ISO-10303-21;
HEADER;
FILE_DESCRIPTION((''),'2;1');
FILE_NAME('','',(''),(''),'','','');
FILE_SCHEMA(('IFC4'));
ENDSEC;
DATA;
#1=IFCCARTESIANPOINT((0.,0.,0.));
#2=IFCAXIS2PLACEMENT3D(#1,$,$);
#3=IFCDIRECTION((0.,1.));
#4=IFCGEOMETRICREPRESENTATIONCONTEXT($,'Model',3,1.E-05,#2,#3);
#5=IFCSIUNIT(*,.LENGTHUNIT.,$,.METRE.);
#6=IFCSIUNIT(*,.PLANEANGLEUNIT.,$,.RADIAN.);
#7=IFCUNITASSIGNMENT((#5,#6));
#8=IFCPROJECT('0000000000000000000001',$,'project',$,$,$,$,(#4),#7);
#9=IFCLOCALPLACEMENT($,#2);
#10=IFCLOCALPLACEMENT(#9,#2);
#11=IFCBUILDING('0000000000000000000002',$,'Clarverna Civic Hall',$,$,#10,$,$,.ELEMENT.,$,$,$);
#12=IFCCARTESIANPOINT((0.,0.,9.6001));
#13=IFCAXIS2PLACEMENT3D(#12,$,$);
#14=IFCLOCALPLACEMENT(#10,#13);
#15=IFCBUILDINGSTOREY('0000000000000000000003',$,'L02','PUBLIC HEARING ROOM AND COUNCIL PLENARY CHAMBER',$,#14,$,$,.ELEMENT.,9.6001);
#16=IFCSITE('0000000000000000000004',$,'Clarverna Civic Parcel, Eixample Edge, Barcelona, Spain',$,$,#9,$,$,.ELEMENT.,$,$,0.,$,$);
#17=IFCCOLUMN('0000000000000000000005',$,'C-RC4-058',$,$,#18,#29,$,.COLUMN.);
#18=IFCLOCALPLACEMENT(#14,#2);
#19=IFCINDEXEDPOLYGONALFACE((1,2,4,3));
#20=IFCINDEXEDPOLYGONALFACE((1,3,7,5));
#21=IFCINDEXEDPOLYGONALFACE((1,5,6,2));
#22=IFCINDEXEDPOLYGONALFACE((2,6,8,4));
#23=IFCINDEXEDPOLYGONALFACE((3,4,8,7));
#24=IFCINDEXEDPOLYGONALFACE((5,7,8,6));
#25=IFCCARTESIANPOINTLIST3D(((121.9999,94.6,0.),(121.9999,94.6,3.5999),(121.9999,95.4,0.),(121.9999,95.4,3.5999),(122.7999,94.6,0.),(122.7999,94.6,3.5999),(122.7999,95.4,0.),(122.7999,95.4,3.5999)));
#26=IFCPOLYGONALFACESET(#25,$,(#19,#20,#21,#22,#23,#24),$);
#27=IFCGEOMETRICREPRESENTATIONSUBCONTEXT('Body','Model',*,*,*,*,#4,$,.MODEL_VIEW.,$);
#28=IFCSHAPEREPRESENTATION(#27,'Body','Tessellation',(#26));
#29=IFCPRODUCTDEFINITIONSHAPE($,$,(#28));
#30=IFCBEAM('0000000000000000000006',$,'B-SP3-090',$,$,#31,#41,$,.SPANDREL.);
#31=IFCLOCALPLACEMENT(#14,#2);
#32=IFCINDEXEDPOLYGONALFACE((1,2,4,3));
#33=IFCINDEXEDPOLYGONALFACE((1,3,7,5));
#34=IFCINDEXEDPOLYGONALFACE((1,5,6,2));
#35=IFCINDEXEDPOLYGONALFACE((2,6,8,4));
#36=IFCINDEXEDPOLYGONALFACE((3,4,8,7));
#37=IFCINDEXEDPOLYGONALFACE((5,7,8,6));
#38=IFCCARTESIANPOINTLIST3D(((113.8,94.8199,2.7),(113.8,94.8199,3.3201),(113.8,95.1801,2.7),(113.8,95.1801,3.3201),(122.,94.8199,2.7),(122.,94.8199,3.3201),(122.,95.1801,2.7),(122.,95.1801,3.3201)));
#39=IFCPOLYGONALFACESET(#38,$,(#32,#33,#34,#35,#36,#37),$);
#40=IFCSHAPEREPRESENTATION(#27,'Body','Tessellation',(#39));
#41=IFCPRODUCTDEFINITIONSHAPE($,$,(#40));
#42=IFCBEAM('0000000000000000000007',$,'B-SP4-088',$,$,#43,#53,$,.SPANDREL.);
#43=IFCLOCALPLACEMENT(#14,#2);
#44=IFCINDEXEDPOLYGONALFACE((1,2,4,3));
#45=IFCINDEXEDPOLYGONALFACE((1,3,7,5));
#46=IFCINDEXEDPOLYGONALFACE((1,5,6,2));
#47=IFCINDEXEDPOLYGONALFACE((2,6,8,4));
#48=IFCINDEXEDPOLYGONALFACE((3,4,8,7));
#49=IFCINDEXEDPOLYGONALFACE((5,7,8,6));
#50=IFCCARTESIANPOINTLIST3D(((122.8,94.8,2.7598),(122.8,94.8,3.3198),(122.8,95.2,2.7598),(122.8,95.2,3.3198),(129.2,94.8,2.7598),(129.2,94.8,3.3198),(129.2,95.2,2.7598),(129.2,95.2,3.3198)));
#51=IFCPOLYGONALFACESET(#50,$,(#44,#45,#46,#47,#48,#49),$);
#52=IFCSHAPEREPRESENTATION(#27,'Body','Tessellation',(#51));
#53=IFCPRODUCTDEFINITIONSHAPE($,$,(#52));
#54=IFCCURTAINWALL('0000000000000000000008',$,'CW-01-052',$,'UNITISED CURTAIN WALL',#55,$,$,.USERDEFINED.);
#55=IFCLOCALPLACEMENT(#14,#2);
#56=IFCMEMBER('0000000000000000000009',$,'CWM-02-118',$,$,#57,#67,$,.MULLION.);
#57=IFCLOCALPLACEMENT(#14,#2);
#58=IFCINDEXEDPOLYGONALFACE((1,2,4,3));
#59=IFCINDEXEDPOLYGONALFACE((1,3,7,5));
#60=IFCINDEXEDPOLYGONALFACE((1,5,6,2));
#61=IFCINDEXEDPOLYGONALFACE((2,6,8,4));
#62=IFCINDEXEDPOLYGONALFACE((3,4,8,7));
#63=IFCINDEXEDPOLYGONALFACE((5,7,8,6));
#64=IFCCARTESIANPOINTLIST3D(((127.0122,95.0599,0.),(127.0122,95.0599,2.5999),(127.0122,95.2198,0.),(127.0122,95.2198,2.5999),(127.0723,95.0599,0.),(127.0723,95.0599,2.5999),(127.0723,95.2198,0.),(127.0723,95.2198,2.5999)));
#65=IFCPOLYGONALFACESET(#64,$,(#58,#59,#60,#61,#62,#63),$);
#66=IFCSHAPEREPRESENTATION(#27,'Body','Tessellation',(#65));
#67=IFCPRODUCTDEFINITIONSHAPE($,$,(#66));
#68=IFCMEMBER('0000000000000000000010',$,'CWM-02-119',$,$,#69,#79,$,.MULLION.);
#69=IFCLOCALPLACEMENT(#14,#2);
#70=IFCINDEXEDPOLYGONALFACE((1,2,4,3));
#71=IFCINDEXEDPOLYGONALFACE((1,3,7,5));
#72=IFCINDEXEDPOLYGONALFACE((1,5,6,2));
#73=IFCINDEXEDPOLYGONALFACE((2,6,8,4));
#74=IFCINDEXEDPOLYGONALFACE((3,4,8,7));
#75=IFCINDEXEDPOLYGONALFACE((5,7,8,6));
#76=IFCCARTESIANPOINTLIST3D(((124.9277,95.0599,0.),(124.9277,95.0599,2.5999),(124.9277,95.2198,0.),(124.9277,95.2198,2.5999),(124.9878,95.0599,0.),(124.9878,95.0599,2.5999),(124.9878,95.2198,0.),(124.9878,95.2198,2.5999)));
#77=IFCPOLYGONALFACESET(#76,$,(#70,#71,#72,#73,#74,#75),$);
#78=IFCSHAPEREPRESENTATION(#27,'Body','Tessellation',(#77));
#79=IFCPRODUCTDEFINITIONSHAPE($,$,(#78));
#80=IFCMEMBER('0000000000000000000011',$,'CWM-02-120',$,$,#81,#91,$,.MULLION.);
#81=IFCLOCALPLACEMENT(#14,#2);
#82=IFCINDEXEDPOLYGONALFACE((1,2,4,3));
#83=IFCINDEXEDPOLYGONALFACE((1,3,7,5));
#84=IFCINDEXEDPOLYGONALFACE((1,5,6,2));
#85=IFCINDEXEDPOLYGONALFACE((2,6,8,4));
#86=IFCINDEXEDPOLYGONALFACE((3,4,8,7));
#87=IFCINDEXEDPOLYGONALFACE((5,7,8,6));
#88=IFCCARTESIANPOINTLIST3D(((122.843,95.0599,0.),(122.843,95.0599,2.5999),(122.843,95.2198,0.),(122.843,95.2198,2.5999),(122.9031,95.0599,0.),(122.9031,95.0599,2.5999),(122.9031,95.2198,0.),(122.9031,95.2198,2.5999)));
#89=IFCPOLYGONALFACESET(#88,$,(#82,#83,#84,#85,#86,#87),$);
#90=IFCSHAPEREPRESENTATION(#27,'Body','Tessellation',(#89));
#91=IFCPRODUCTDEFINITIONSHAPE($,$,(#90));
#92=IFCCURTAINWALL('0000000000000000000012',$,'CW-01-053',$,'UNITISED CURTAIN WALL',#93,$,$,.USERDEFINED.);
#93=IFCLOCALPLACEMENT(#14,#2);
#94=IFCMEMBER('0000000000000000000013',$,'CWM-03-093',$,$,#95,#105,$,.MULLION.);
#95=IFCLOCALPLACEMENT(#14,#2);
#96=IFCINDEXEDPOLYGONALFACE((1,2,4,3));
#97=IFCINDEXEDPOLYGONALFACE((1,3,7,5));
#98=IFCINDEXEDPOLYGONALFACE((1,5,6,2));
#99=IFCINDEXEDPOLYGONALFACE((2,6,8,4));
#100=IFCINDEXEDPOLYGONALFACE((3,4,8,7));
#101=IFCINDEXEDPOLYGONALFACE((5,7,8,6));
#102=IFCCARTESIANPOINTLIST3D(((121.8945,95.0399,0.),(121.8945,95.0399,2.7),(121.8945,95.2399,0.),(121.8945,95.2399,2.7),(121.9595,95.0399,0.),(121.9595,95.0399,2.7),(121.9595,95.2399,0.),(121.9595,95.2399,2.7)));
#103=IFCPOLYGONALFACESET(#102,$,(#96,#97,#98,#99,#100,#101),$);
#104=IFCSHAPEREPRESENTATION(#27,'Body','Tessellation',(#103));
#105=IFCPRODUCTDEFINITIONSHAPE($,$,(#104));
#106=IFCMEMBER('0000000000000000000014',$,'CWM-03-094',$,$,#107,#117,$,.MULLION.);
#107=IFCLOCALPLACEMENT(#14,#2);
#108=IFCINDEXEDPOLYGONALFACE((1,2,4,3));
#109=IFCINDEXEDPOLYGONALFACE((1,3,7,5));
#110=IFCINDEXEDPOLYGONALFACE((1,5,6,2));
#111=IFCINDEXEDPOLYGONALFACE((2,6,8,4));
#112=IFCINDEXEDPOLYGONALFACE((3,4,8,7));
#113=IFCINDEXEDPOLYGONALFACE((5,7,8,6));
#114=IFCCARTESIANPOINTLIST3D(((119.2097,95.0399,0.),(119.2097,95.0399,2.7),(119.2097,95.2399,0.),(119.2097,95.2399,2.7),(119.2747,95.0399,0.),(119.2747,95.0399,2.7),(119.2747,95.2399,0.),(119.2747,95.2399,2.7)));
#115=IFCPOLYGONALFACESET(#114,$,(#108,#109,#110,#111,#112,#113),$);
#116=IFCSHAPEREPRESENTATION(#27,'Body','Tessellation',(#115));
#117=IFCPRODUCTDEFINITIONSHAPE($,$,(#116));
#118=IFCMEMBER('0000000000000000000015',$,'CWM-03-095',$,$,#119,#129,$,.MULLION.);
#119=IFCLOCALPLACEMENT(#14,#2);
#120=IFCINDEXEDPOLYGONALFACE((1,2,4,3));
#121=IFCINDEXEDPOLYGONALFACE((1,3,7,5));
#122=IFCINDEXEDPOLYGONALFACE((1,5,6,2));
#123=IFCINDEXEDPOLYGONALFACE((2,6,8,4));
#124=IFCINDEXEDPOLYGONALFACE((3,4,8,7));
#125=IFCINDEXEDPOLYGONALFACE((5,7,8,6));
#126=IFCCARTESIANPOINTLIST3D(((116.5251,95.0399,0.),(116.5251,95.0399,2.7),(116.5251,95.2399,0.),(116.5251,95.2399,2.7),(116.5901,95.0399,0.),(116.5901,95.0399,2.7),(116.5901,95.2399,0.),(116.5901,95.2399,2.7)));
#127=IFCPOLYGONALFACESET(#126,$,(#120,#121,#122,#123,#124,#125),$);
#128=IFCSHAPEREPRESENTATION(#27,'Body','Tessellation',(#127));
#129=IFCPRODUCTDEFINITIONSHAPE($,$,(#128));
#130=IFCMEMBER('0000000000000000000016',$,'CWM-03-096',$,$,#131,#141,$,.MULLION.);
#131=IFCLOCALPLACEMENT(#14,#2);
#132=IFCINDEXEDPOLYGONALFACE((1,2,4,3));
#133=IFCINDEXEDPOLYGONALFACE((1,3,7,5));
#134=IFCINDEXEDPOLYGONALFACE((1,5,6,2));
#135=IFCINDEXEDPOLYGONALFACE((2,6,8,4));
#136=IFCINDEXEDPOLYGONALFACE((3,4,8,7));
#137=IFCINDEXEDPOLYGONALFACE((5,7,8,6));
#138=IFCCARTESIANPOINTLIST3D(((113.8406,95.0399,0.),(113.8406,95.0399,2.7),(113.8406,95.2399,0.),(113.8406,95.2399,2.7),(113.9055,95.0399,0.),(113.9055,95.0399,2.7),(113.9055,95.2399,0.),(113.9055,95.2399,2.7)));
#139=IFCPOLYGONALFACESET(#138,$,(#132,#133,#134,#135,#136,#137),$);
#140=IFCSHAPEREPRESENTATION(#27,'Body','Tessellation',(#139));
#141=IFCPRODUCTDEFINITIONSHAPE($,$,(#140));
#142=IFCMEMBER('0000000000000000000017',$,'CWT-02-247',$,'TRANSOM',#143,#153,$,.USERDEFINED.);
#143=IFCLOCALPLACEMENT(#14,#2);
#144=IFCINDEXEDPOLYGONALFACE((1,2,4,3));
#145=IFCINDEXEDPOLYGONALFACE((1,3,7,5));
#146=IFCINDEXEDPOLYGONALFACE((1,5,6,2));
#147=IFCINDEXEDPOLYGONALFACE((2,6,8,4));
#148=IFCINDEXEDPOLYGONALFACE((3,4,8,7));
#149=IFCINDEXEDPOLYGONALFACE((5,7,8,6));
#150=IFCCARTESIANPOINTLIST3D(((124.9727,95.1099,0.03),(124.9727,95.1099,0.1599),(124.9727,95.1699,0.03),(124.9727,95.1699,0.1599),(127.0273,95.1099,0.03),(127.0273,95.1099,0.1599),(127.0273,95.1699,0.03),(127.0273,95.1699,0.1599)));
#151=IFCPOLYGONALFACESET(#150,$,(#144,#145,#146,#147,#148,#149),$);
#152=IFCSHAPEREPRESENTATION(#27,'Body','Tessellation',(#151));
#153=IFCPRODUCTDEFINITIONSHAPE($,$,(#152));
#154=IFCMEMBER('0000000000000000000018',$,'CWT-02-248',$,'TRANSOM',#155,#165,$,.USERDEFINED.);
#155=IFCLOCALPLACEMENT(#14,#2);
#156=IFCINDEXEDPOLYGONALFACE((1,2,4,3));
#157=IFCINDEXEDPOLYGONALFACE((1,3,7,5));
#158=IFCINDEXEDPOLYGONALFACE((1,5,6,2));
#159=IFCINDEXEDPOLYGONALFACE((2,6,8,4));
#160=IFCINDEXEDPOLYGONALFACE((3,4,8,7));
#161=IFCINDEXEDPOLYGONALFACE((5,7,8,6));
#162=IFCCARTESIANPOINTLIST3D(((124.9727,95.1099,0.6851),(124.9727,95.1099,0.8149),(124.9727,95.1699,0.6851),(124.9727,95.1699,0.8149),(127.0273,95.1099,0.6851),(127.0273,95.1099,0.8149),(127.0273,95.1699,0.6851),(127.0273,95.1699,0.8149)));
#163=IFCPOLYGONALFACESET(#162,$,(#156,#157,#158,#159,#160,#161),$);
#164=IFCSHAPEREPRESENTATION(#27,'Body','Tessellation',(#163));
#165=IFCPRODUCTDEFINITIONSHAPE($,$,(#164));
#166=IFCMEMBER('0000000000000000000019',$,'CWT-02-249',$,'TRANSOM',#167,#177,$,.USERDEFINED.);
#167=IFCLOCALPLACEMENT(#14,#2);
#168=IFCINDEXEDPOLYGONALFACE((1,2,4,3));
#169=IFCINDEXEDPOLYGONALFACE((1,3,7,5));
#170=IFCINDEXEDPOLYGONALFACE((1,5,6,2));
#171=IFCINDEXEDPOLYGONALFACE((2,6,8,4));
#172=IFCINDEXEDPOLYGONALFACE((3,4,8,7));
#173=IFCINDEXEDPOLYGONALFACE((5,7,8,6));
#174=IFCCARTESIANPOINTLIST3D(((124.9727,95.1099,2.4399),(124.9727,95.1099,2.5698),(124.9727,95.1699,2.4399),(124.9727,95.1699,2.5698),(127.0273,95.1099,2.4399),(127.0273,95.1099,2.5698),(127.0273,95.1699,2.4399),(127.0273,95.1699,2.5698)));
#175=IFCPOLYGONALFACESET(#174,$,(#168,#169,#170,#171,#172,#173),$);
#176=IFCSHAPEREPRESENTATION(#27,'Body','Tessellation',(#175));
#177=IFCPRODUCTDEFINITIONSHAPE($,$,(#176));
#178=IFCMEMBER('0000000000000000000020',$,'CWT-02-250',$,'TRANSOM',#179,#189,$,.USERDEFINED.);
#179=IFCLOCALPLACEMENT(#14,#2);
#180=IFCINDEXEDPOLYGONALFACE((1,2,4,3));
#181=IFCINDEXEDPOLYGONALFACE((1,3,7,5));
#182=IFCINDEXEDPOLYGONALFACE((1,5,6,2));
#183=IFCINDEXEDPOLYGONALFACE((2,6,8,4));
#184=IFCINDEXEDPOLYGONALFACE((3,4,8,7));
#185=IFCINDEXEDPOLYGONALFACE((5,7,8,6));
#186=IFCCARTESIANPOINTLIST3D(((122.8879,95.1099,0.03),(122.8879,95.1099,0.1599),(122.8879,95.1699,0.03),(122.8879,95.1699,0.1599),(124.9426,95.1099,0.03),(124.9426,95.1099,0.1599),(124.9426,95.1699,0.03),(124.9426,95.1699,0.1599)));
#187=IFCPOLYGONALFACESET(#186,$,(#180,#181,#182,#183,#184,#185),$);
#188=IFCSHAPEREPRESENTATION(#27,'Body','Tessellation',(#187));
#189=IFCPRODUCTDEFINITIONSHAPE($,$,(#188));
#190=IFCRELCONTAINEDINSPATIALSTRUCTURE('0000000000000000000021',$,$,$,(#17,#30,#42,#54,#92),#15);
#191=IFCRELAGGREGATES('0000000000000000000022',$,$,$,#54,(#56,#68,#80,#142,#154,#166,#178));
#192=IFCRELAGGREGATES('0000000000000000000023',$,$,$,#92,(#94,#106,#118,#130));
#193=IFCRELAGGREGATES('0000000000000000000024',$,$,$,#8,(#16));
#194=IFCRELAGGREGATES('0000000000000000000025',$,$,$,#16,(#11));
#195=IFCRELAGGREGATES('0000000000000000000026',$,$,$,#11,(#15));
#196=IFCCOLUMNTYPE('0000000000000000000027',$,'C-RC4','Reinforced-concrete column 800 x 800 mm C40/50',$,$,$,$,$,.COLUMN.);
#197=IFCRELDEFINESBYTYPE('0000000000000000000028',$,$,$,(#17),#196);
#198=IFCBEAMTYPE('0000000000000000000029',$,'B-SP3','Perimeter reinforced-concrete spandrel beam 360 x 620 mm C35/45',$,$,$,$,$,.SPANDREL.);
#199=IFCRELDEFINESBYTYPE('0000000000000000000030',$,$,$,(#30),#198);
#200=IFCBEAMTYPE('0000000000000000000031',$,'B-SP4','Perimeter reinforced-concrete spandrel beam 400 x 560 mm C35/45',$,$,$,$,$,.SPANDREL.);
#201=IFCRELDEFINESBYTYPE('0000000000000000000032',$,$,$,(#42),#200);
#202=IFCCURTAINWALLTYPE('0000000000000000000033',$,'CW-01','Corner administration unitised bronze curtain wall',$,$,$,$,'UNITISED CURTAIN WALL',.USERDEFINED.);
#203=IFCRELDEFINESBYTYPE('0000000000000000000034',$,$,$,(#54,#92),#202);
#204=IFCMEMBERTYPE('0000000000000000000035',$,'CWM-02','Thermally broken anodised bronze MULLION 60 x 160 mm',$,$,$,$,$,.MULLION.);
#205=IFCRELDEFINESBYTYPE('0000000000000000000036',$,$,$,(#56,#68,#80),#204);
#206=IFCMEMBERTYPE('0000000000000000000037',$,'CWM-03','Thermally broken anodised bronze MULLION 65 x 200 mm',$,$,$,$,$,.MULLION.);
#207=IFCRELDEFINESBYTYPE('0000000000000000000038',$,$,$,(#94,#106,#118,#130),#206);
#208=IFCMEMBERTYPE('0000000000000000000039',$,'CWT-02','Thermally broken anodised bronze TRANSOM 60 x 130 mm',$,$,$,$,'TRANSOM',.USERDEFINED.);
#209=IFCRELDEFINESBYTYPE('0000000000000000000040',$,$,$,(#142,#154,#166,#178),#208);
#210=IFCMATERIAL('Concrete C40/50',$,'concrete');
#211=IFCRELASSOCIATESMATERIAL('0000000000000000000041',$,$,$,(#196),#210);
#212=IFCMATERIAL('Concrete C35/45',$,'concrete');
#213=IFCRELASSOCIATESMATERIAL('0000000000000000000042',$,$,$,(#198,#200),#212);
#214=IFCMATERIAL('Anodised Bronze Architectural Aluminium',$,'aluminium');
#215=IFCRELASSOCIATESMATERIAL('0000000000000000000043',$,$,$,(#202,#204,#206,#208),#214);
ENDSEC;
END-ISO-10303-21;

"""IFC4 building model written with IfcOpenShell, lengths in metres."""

from ifc_helpers import new_model, si_unit, direction, frame, origin, origin_2d, place, context, subcontext, project, spatial, rectangle, extrude, material, material_profile, profile_set, type_object, element, aggregate, save


model = new_model("IFC4")

# Units and contexts
model_context = context("Model", 3, precision=1e-05, world=origin(), true_north=direction((0.0, 1.0)))
body_context = subcontext(model_context, "Body", "Model", "MODEL_VIEW")
ifc_project = project(units=[si_unit("LENGTHUNIT", "METRE"), si_unit("PLANEANGLEUNIT", "RADIAN")], contexts=[model_context])

# Site, building, storey
site_placement = place(None, origin())
site = spatial("IfcSite", under=ifc_project, at=site_placement, Name="Clarverna Civic Parcel, Eixample Edge, Barcelona, Spain", CompositionType="ELEMENT", RefElevation=0.0)
building_placement = place(site_placement, origin())
building = spatial("IfcBuilding", under=site, at=building_placement, Name="Clarverna Civic Hall", CompositionType="ELEMENT")
storey_placement = place(building_placement, frame((0.0, 0.0, 9.6001)))
storey = spatial("IfcBuildingStorey", under=building, at=storey_placement, Name="L02", Description="PUBLIC HEARING ROOM AND COUNCIL PLENARY CHAMBER", CompositionType="ELEMENT", Elevation=9.6001)

# Column
ifc_material_1 = material(Name="Concrete C40/50", Category="concrete")
ifc_material_profile_1 = material_profile(ifc_material_1, rectangle(XDim=0.8, YDim=0.8, at=origin_2d()), Name="RC 800x800")
ifc_profile_set_1 = profile_set([ifc_material_profile_1], Name="Concrete C40/50")
column_type = type_object("IfcColumnType", Name="C-RC4", Description="Reinforced-concrete column 800 x 800 mm C40/50", PredefinedType="COLUMN", material=ifc_profile_set_1)
column_placement = place(storey_placement, frame((122.3999, 95.0, 0.0), z_axis=(0.0, 0.0, 1.0), x_axis=(1.0, 0.0, 0.0)))
element("IfcColumn", 1, at=column_placement, inside=storey, type_object=column_type, Name="C-RC4-058", PredefinedType="COLUMN", context=body_context, shape_type="SweptSolid", body=[
    extrude(rectangle(XDim=0.8, YDim=0.8, at=origin_2d()), origin(), (0.0, 0.0, 1.0), 3.5999),
])

# Beams
ifc_material_2 = material(Name="Concrete C35/45", Category="concrete")
ifc_material_profile_2 = material_profile(ifc_material_2, rectangle(XDim=0.3601, YDim=0.6201, at=origin_2d()), Name="RC 360x620")
ifc_profile_set_2 = profile_set([ifc_material_profile_2], Name="Concrete C35/45")
beam_type_1 = type_object("IfcBeamType", Name="B-SP3", Description="Perimeter reinforced-concrete spandrel beam 360 x 620 mm C35/45", PredefinedType="SPANDREL", material=ifc_profile_set_2)
beam_1_placement = place(storey_placement, frame((113.8, 95.0, 3.01), z_axis=(1.0, 0.0, 0.0), x_axis=(0.0, 1.0, 0.0)))
element("IfcBeam", 2, at=beam_1_placement, inside=storey, type_object=beam_type_1, Name="B-SP3-090", PredefinedType="SPANDREL", context=body_context, shape_type="SweptSolid", body=[
    extrude(rectangle(XDim=0.3601, YDim=0.6201, at=origin_2d()), origin(), (0.0, 0.0, 1.0), 8.2),
])
ifc_material_profile_3 = material_profile(ifc_material_2, rectangle(XDim=0.3999, YDim=0.5601, at=origin_2d()), Name="RC 400x560")
ifc_profile_set_3 = profile_set([ifc_material_profile_3], Name="Concrete C35/45")
beam_type_2 = type_object("IfcBeamType", Name="B-SP4", Description="Perimeter reinforced-concrete spandrel beam 400 x 560 mm C35/45", PredefinedType="SPANDREL", material=ifc_profile_set_3)
beam_2_placement = place(storey_placement, frame((122.8, 95.0, 3.0398), z_axis=(1.0, 0.0, 0.0), x_axis=(0.0, 1.0, 0.0)))
element("IfcBeam", 3, at=beam_2_placement, inside=storey, type_object=beam_type_2, Name="B-SP4-088", PredefinedType="SPANDREL", context=body_context, shape_type="SweptSolid", body=[
    extrude(rectangle(XDim=0.3999, YDim=0.5601, at=origin_2d()), origin(), (0.0, 0.0, 1.0), 6.3999),
])

# Curtain walls, members
ifc_material_3 = material(Name="Anodised Bronze Architectural Aluminium", Category="aluminium")
curtain_wall_type_1 = type_object("IfcCurtainWallType", Name="CW-01", Description="Corner administration unitised bronze curtain wall", ElementType="UNITISED CURTAIN WALL", PredefinedType="USERDEFINED", material=ifc_material_3)
curtain_wall_1_placement = place(storey_placement, origin())
curtain_wall_1 = element("IfcCurtainWall", 4, at=curtain_wall_1_placement, inside=storey, type_object=curtain_wall_type_1, Name="CW-01-052", ObjectType="UNITISED CURTAIN WALL", PredefinedType="USERDEFINED")
ifc_material_profile_4 = material_profile(ifc_material_3, rectangle(XDim=0.0601, YDim=0.1599, at=origin_2d()), Name="BRONZE 60x160")
ifc_profile_set_4 = profile_set([ifc_material_profile_4], Name="Anodised Bronze Architectural Aluminium")
member_type_1 = type_object("IfcMemberType", Name="CWM-02", Description="Thermally broken anodised bronze MULLION 60 x 160 mm", PredefinedType="MULLION", material=ifc_profile_set_4)
member_1_placement = place(storey_placement, frame((127.0422, 95.1399, 0.0), z_axis=(0.0, 0.0, 1.0), x_axis=(1.0, 0.0, 0.0)))
member_1 = element("IfcMember", 5, at=member_1_placement, type_object=member_type_1, Name="CWM-02-118", PredefinedType="MULLION", context=body_context, shape_type="SweptSolid", body=[
    extrude(rectangle(XDim=0.0601, YDim=0.1599, at=origin_2d()), origin(), (0.0, 0.0, 1.0), 2.5999),
])
member_2_placement = place(storey_placement, frame((124.9578, 95.1399, 0.0), z_axis=(0.0, 0.0, 1.0), x_axis=(1.0, 0.0, 0.0)))
member_2 = element("IfcMember", 6, at=member_2_placement, type_object=member_type_1, Name="CWM-02-119", PredefinedType="MULLION", context=body_context, shape_type="SweptSolid", body=[
    extrude(rectangle(XDim=0.0601, YDim=0.1599, at=origin_2d()), origin(), (0.0, 0.0, 1.0), 2.5999),
])
member_3_placement = place(storey_placement, frame((122.873, 95.1399, 0.0), z_axis=(0.0, 0.0, 1.0), x_axis=(1.0, 0.0, 0.0)))
member_3 = element("IfcMember", 7, at=member_3_placement, type_object=member_type_1, Name="CWM-02-120", PredefinedType="MULLION", context=body_context, shape_type="SweptSolid", body=[
    extrude(rectangle(XDim=0.0601, YDim=0.1599, at=origin_2d()), origin(), (0.0, 0.0, 1.0), 2.5999),
])
curtain_wall_2_placement = place(storey_placement, origin())
curtain_wall_2 = element("IfcCurtainWall", 8, at=curtain_wall_2_placement, inside=storey, type_object=curtain_wall_type_1, Name="CW-01-053", ObjectType="UNITISED CURTAIN WALL", PredefinedType="USERDEFINED")
ifc_material_profile_5 = material_profile(ifc_material_3, rectangle(XDim=0.0649, YDim=0.2, at=origin_2d()), Name="BRONZE 65x200")
ifc_profile_set_5 = profile_set([ifc_material_profile_5], Name="Anodised Bronze Architectural Aluminium")
member_type_2 = type_object("IfcMemberType", Name="CWM-03", Description="Thermally broken anodised bronze MULLION 65 x 200 mm", PredefinedType="MULLION", material=ifc_profile_set_5)
member_4_placement = place(storey_placement, frame((121.927, 95.1399, 0.0), z_axis=(0.0, 0.0, 1.0), x_axis=(1.0, 0.0, 0.0)))
member_4 = element("IfcMember", 9, at=member_4_placement, type_object=member_type_2, Name="CWM-03-093", PredefinedType="MULLION", context=body_context, shape_type="SweptSolid", body=[
    extrude(rectangle(XDim=0.0649, YDim=0.2, at=origin_2d()), origin(), (0.0, 0.0, 1.0), 2.7),
])
member_5_placement = place(storey_placement, frame((119.2422, 95.1399, 0.0), z_axis=(0.0, 0.0, 1.0), x_axis=(1.0, 0.0, 0.0)))
member_5 = element("IfcMember", 10, at=member_5_placement, type_object=member_type_2, Name="CWM-03-094", PredefinedType="MULLION", context=body_context, shape_type="SweptSolid", body=[
    extrude(rectangle(XDim=0.0649, YDim=0.2, at=origin_2d()), origin(), (0.0, 0.0, 1.0), 2.7),
])
member_6_placement = place(storey_placement, frame((116.5576, 95.1399, 0.0), z_axis=(0.0, 0.0, 1.0), x_axis=(1.0, 0.0, 0.0)))
member_6 = element("IfcMember", 11, at=member_6_placement, type_object=member_type_2, Name="CWM-03-095", PredefinedType="MULLION", context=body_context, shape_type="SweptSolid", body=[
    extrude(rectangle(XDim=0.0649, YDim=0.2, at=origin_2d()), origin(), (0.0, 0.0, 1.0), 2.7),
])
member_7_placement = place(storey_placement, frame((113.873, 95.1399, 0.0), z_axis=(0.0, 0.0, 1.0), x_axis=(1.0, 0.0, 0.0)))
member_7 = element("IfcMember", 12, at=member_7_placement, type_object=member_type_2, Name="CWM-03-096", PredefinedType="MULLION", context=body_context, shape_type="SweptSolid", body=[
    extrude(rectangle(XDim=0.0649, YDim=0.2, at=origin_2d()), origin(), (0.0, 0.0, 1.0), 2.7),
])

# Members
ifc_material_profile_6 = material_profile(ifc_material_3, rectangle(XDim=0.0601, YDim=0.1299, at=origin_2d()), Name="BRONZE 60x130")
ifc_profile_set_6 = profile_set([ifc_material_profile_6], Name="Anodised Bronze Architectural Aluminium")
member_type_3 = type_object("IfcMemberType", Name="CWT-02", Description="Thermally broken anodised bronze TRANSOM 60 x 130 mm", ElementType="TRANSOM", PredefinedType="USERDEFINED", material=ifc_profile_set_6)
member_8_placement = place(storey_placement, frame((127.0273, 95.1399, 0.095), z_axis=(-1.0, 0.0, 0.0), x_axis=(0.0, -1.0, 0.0)))
member_8 = element("IfcMember", 13, at=member_8_placement, type_object=member_type_3, Name="CWT-02-247", ObjectType="TRANSOM", PredefinedType="USERDEFINED", context=body_context, shape_type="SweptSolid", body=[
    extrude(rectangle(XDim=0.0601, YDim=0.1299, at=origin_2d()), origin(), (0.0, 0.0, 1.0), 2.0547),
])
member_9_placement = place(storey_placement, frame((127.0273, 95.1399, 0.75), z_axis=(-1.0, 0.0, 0.0), x_axis=(0.0, -1.0, 0.0)))
member_9 = element("IfcMember", 14, at=member_9_placement, type_object=member_type_3, Name="CWT-02-248", ObjectType="TRANSOM", PredefinedType="USERDEFINED", context=body_context, shape_type="SweptSolid", body=[
    extrude(rectangle(XDim=0.0601, YDim=0.1299, at=origin_2d()), origin(), (0.0, 0.0, 1.0), 2.0547),
])
member_10_placement = place(storey_placement, frame((127.0273, 95.1399, 2.5049), z_axis=(-1.0, 0.0, 0.0), x_axis=(0.0, -1.0, 0.0)))
member_10 = element("IfcMember", 15, at=member_10_placement, type_object=member_type_3, Name="CWT-02-249", ObjectType="TRANSOM", PredefinedType="USERDEFINED", context=body_context, shape_type="SweptSolid", body=[
    extrude(rectangle(XDim=0.0601, YDim=0.1299, at=origin_2d()), origin(), (0.0, 0.0, 1.0), 2.0547),
])
member_11_placement = place(storey_placement, frame((124.9426, 95.1399, 0.095), z_axis=(-1.0, 0.0, 0.0), x_axis=(0.0, -1.0, 0.0)))
member_11 = element("IfcMember", 16, at=member_11_placement, type_object=member_type_3, Name="CWT-02-250", ObjectType="TRANSOM", PredefinedType="USERDEFINED", context=body_context, shape_type="SweptSolid", body=[
    extrude(rectangle(XDim=0.0601, YDim=0.1299, at=origin_2d()), origin(), (0.0, 0.0, 1.0), 2.0547),
])

aggregate(curtain_wall_1, [member_1, member_2, member_3, member_8, member_9, member_10, member_11])
aggregate(curtain_wall_2, [member_4, member_5, member_6, member_7])

save(model, "model.ifc")
